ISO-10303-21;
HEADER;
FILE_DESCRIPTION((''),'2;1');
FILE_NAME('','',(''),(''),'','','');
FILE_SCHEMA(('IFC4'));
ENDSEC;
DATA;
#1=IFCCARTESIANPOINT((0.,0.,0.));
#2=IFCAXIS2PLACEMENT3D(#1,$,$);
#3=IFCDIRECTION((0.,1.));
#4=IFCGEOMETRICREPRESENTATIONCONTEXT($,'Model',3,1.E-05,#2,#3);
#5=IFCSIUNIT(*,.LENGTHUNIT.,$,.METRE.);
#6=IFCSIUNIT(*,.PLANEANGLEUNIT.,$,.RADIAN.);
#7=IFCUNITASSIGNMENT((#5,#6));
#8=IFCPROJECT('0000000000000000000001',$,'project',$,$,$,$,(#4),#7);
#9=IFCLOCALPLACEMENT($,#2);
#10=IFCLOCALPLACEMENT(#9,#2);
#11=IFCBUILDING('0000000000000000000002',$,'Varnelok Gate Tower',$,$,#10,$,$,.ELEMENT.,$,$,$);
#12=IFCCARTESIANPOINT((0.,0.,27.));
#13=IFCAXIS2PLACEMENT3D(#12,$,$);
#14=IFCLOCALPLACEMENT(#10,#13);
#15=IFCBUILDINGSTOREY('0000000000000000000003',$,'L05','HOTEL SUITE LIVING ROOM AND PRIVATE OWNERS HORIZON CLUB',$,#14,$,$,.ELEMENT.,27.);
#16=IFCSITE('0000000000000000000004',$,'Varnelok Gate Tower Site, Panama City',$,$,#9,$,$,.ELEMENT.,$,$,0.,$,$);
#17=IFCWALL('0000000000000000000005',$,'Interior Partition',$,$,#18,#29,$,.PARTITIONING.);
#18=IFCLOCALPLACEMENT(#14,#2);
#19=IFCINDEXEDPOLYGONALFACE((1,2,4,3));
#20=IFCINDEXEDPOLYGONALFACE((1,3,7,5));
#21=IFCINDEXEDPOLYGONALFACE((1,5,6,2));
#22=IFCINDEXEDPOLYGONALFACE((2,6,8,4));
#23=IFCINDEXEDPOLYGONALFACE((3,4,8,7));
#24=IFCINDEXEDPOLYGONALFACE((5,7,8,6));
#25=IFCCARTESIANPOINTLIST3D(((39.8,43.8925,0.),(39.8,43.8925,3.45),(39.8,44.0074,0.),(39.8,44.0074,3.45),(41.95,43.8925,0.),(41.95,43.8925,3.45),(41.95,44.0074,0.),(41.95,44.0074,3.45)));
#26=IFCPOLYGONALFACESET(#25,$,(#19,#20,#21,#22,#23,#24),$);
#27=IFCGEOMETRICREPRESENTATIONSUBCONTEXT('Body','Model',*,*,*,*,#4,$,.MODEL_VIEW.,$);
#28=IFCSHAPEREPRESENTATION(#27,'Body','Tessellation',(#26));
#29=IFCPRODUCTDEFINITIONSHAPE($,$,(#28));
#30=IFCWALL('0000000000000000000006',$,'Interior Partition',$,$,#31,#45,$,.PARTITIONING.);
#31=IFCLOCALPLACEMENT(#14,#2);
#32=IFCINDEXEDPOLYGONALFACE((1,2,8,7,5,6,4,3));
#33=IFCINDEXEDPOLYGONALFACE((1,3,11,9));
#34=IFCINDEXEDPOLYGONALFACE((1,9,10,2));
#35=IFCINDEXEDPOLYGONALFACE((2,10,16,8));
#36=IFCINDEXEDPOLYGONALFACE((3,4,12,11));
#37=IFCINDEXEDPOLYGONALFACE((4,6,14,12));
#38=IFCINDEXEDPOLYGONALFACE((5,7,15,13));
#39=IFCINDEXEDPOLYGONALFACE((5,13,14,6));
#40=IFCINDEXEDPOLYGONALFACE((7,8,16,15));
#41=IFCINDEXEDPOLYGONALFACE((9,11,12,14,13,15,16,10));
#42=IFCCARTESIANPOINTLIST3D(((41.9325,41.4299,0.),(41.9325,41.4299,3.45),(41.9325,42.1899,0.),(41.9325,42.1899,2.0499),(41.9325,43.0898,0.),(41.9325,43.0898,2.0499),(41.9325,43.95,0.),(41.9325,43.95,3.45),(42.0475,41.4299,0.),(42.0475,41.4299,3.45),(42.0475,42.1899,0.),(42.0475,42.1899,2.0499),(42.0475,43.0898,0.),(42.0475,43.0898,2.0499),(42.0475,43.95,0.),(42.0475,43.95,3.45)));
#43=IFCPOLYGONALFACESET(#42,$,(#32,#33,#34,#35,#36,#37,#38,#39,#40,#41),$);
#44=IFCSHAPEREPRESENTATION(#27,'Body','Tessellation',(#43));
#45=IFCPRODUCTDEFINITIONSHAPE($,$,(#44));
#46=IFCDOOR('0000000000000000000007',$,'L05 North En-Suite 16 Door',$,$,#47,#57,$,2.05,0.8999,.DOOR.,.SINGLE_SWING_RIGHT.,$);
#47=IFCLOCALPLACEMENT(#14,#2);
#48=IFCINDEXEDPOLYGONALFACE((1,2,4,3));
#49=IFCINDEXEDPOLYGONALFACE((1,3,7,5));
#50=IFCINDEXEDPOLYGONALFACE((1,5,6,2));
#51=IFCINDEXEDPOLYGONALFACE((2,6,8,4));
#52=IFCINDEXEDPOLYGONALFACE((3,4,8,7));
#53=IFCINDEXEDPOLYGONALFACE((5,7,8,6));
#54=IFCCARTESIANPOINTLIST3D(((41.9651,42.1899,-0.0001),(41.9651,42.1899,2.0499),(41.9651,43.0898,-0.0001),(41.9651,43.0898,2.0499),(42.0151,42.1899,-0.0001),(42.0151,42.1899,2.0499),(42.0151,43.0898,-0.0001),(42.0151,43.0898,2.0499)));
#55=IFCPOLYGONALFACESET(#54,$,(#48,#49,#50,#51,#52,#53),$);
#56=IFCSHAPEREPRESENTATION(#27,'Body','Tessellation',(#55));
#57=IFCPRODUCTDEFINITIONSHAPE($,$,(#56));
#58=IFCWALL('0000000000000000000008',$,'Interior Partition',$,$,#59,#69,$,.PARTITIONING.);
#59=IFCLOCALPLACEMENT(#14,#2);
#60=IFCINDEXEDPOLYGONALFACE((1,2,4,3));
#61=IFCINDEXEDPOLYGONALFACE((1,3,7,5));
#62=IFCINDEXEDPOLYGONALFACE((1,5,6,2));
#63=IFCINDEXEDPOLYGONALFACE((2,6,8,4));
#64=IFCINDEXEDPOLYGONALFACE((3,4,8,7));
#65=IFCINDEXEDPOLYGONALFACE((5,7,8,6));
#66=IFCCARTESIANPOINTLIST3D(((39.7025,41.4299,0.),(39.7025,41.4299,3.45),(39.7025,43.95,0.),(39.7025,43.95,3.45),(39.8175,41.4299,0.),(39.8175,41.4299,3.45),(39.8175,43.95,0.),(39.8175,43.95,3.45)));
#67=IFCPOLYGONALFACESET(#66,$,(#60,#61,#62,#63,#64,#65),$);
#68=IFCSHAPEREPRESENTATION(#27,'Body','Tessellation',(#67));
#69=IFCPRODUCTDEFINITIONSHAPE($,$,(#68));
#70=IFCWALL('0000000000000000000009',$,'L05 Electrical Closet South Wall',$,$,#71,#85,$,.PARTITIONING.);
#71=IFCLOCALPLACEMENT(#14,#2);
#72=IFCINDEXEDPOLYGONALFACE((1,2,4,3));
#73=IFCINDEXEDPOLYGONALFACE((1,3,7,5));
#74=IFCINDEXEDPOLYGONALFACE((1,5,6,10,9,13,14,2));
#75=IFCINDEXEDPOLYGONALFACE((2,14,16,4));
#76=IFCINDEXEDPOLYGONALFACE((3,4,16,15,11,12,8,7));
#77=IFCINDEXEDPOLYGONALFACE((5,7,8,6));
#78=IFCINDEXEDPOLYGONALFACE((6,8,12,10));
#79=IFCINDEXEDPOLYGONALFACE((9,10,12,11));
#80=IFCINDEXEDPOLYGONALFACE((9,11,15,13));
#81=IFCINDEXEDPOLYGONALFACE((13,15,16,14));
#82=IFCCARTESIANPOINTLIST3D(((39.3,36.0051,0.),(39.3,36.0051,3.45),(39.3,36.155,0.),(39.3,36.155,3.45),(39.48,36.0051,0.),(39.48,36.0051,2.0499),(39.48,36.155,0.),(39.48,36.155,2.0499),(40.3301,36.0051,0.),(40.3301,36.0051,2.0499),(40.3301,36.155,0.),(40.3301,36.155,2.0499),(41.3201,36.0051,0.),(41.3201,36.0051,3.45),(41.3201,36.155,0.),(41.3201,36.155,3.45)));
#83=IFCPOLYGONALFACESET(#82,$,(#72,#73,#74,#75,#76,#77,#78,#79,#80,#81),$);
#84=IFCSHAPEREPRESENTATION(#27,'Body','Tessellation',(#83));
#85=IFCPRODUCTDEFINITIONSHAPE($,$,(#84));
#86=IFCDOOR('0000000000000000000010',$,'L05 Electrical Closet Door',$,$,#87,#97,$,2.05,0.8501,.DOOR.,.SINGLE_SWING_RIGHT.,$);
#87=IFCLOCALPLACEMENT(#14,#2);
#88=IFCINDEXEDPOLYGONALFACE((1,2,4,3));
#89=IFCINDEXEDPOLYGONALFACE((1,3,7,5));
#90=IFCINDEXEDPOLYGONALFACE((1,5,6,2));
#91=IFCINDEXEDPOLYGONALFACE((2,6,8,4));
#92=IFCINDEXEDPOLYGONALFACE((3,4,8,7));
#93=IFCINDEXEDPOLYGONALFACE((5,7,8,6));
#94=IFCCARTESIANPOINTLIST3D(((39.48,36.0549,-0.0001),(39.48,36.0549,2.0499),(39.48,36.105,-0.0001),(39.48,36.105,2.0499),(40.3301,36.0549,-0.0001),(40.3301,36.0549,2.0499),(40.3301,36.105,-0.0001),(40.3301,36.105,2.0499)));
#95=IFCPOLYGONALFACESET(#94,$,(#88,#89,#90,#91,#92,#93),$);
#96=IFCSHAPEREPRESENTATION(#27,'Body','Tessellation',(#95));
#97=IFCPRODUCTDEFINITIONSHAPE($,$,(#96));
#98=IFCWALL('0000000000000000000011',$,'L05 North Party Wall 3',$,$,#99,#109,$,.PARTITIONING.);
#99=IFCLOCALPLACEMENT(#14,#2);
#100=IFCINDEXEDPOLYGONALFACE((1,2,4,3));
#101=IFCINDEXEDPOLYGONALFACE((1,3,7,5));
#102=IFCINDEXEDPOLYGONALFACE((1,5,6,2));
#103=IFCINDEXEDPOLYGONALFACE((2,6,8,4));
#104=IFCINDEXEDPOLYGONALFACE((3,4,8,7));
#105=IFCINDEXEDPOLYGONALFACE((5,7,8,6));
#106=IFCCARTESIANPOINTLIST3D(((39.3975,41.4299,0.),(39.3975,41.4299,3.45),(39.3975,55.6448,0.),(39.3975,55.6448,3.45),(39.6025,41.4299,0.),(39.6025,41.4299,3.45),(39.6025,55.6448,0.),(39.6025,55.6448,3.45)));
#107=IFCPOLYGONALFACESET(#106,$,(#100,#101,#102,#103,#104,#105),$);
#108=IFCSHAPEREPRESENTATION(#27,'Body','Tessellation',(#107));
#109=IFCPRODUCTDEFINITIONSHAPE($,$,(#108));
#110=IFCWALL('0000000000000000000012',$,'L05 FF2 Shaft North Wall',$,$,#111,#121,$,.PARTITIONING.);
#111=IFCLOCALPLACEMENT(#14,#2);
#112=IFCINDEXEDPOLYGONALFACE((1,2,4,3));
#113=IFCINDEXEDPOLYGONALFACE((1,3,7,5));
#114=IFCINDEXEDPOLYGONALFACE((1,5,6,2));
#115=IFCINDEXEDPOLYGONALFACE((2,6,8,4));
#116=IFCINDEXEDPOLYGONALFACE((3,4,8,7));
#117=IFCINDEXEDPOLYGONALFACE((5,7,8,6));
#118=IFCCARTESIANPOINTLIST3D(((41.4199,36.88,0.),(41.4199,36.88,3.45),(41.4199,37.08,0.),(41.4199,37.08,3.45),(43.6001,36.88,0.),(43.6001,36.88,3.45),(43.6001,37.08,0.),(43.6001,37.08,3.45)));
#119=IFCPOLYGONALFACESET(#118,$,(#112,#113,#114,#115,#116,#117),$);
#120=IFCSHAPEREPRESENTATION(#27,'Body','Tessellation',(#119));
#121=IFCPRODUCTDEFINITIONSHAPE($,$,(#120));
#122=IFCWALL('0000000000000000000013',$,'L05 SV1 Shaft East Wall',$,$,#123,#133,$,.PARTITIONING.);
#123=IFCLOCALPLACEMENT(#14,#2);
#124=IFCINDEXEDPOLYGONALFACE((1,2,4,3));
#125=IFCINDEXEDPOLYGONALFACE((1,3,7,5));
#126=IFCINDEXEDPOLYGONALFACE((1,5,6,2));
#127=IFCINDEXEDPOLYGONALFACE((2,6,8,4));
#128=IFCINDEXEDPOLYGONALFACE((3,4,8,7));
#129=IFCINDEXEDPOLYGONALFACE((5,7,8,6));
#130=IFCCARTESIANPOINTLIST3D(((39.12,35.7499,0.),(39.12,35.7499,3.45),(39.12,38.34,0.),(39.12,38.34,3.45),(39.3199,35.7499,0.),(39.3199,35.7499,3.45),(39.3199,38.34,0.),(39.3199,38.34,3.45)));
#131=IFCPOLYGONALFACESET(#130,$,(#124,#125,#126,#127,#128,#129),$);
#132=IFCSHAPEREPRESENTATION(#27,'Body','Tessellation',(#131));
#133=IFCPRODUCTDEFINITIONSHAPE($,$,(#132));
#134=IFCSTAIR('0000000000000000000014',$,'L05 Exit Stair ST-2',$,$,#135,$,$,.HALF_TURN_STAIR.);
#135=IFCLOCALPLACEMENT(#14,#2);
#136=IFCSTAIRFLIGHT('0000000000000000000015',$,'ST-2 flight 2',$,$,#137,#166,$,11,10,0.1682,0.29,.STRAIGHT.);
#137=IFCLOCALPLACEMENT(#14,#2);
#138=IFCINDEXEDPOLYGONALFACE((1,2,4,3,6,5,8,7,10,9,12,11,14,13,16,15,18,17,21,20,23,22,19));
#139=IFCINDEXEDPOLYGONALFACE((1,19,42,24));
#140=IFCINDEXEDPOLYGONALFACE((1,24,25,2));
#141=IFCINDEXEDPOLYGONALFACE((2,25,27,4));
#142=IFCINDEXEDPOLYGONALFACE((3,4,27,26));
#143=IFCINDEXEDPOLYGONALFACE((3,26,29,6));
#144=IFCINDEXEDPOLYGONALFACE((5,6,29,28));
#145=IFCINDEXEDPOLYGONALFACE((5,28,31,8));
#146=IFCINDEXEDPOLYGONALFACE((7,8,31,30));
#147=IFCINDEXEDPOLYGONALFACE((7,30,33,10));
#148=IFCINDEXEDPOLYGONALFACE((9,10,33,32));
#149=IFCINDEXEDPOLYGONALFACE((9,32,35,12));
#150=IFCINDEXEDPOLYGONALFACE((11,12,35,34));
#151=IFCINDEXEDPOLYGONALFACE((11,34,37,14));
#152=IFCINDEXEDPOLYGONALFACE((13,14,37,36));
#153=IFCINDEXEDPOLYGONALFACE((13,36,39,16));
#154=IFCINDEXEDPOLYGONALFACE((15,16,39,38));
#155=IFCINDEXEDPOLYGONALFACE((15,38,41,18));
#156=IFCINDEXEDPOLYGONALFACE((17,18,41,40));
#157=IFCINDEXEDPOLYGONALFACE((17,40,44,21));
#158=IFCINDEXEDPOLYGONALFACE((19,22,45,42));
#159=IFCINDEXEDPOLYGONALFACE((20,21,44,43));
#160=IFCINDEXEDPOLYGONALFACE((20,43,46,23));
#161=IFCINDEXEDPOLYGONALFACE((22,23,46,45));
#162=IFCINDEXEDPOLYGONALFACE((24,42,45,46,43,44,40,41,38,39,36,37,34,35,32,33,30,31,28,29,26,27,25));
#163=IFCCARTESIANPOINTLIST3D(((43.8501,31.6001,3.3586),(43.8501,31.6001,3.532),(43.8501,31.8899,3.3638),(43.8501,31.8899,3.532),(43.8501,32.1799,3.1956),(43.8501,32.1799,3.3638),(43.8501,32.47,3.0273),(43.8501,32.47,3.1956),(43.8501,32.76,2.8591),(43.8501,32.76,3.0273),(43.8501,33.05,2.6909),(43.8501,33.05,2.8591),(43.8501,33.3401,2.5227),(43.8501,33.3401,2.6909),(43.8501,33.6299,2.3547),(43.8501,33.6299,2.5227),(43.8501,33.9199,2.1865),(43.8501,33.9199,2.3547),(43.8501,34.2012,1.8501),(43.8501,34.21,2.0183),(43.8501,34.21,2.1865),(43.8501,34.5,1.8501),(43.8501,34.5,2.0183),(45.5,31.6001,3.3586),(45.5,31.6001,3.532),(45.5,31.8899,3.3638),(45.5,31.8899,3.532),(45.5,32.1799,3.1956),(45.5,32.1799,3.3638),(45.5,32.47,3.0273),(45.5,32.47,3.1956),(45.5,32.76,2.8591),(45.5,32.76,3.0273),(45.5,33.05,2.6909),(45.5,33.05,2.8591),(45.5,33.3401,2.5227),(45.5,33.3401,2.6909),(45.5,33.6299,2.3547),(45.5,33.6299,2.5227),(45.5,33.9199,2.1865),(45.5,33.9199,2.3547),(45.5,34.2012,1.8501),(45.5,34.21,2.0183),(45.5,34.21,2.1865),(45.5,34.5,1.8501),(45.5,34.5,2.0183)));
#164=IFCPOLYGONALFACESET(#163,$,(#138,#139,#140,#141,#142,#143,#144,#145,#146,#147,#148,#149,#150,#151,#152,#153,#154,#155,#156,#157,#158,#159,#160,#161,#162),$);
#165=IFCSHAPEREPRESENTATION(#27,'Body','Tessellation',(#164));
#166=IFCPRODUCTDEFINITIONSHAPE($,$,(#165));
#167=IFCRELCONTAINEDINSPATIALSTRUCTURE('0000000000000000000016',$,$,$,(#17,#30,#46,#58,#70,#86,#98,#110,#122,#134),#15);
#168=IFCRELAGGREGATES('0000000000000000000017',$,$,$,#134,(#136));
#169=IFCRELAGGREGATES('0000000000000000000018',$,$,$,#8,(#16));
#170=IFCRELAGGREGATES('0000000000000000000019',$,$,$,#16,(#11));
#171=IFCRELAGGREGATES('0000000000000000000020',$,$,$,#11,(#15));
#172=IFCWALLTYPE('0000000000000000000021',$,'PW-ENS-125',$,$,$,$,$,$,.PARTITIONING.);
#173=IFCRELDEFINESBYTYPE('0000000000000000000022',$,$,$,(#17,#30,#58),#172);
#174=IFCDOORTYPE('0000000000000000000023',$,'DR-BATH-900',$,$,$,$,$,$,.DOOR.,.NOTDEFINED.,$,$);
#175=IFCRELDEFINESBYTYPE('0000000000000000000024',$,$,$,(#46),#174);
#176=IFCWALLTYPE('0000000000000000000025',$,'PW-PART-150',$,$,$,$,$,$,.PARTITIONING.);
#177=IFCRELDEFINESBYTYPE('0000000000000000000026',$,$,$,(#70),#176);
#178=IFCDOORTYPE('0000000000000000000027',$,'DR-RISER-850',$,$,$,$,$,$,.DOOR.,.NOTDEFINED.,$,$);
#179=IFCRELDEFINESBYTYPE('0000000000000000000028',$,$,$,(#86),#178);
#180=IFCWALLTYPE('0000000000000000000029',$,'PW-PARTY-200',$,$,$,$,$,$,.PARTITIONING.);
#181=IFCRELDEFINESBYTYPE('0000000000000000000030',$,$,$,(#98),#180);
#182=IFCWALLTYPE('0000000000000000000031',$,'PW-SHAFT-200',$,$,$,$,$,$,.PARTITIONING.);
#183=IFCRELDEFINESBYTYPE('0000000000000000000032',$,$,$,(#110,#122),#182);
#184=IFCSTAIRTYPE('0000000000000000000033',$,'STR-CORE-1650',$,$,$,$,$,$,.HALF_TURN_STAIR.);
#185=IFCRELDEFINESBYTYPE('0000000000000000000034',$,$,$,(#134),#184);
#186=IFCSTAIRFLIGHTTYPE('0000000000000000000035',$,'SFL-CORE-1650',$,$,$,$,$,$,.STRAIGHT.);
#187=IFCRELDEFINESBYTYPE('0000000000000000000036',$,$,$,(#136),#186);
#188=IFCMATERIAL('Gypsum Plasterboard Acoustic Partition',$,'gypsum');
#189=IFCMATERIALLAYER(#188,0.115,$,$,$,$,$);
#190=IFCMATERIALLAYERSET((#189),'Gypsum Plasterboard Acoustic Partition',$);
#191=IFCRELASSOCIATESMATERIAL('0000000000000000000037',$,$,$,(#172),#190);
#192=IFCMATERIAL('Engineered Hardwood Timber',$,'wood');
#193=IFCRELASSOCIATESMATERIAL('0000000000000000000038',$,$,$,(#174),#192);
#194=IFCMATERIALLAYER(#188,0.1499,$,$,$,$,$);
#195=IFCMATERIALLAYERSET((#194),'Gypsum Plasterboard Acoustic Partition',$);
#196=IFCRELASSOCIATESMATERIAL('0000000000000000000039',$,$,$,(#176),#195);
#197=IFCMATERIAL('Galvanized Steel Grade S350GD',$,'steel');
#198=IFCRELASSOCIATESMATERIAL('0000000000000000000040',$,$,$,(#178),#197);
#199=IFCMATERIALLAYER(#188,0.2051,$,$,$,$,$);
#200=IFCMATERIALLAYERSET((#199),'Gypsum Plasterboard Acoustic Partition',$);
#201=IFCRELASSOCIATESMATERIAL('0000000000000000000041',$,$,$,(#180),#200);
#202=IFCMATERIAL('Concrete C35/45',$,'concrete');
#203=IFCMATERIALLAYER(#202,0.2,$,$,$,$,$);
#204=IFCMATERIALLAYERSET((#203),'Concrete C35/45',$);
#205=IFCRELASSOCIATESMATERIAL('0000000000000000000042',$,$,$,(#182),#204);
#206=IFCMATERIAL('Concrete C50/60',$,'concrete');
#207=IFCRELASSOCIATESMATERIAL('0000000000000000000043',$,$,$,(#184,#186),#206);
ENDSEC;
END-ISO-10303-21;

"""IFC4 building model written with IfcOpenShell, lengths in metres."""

from ifc_helpers import new_model, si_unit, direction, frame, frame_2d, origin, place, context, subcontext, project, spatial, polyline, rectangle, outline, extrude, material, layer, layer_set, type_object, element, fill, aggregate, save


model = new_model("IFC4")

# Units and contexts
model_context = context("Model", 3, precision=1e-05, world=origin(), true_north=direction((0.0, 1.0)))
body_context = subcontext(model_context, "Body", "Model", "MODEL_VIEW")
ifc_project = project(units=[si_unit("LENGTHUNIT", "METRE"), si_unit("PLANEANGLEUNIT", "RADIAN")], contexts=[model_context])

# Site, building, storey
site_placement = place(None, origin())
site = spatial("IfcSite", under=ifc_project, at=site_placement, Name="Varnelok Gate Tower Site, Panama City", CompositionType="ELEMENT", RefElevation=0.0)
building_placement = place(site_placement, origin())
building = spatial("IfcBuilding", under=site, at=building_placement, Name="Varnelok Gate Tower", CompositionType="ELEMENT")
storey_placement = place(building_placement, frame((0.0, 0.0, 27.0)))
storey = spatial("IfcBuildingStorey", under=building, at=storey_placement, Name="L05", Description="HOTEL SUITE LIVING ROOM AND PRIVATE OWNERS HORIZON CLUB", CompositionType="ELEMENT", Elevation=27.0)

# Shared definitions
ifc_material_1 = material(Name="Gypsum Plasterboard Acoustic Partition", Category="gypsum")
ifc_material_2 = material(Name="Engineered Hardwood Timber", Category="wood")

# Wall
ifc_layer_1 = layer(ifc_material_1, 0.115)
ifc_layer_set_1 = layer_set([ifc_layer_1], Name="Gypsum Plasterboard Acoustic Partition")
wall_type_1 = type_object("IfcWallType", Name="PW-ENS-125", PredefinedType="PARTITIONING", material=ifc_layer_set_1)
wall_1_placement = place(storey_placement, frame((39.8, 43.95, 0.0), z_axis=(0.0, 0.0, 1.0), x_axis=(1.0, 0.0, 0.0)))
element("IfcWall", 1, at=wall_1_placement, inside=storey, type_object=wall_type_1, Name="Interior Partition", PredefinedType="PARTITIONING", context=body_context, shape_type="SweptSolid", body=[
    extrude(rectangle(XDim=2.1499, YDim=0.115, at=frame_2d((1.075, 0.0))), origin(), (0.0, 0.0, 1.0), 3.45),
])

# Wall, opening, door
wall_2_placement = place(storey_placement, frame((41.99, 41.4299, 0.0), z_axis=(0.0, 0.0, 1.0), x_axis=(0.0, 1.0, 0.0)))
wall_2 = element("IfcWall", 2, at=wall_2_placement, inside=storey, type_object=wall_type_1, Name="Interior Partition", PredefinedType="PARTITIONING", context=body_context, shape_type="SweptSolid", body=[
    extrude(rectangle(XDim=2.52, YDim=0.115, at=frame_2d((1.26, 0.0))), origin(), (0.0, 0.0, 1.0), 3.45),
])
opening_1_placement = place(wall_2_placement, frame((0.76, 0.0, 0.0)))
opening_1 = element("IfcOpeningElement", 3, at=opening_1_placement, cuts=wall_2, PredefinedType="OPENING", context=body_context, shape_type="SweptSolid", body=[
    extrude(rectangle(XDim=0.8999, YDim=2.05, at=frame_2d((0.45, 1.0249))), frame((0.0, 0.0674, 0.0), z_axis=(0.0, -1.0, 0.0), x_axis=(1.0, 0.0, 0.0)), (0.0, 0.0, 1.0), 0.135),
])
door_type_1 = type_object("IfcDoorType", Name="DR-BATH-900", OperationType="NOTDEFINED", PredefinedType="DOOR", material=ifc_material_2)
door_1_placement = place(opening_1_placement, origin())
door_1 = element("IfcDoor", 4, at=door_1_placement, inside=storey, type_object=door_type_1, Name="L05 North En-Suite 16 Door", OperationType="SINGLE_SWING_RIGHT", OverallHeight=2.05, OverallWidth=0.8999, PredefinedType="DOOR", context=body_context, shape_type="SweptSolid", body=[
    extrude(rectangle(XDim=0.8999, YDim=2.05, at=frame_2d((0.45, 1.0249))), frame((0.0, 0.0249, 0.0), z_axis=(0.0, -1.0, 0.0), x_axis=(1.0, 0.0, 0.0)), (0.0, 0.0, 1.0), 0.05),
])
fill(opening_1, door_1)

# Wall
wall_3_placement = place(storey_placement, frame((39.76, 41.4299, 0.0), z_axis=(0.0, 0.0, 1.0), x_axis=(0.0, 1.0, 0.0)))
element("IfcWall", 5, at=wall_3_placement, inside=storey, type_object=wall_type_1, Name="Interior Partition", PredefinedType="PARTITIONING", context=body_context, shape_type="SweptSolid", body=[
    extrude(rectangle(XDim=2.52, YDim=0.115, at=frame_2d((1.26, 0.0))), origin(), (0.0, 0.0, 1.0), 3.45),
])

# Wall, opening, door
ifc_layer_2 = layer(ifc_material_1, 0.1499)
ifc_layer_set_2 = layer_set([ifc_layer_2], Name="Gypsum Plasterboard Acoustic Partition")
wall_type_2 = type_object("IfcWallType", Name="PW-PART-150", PredefinedType="PARTITIONING", material=ifc_layer_set_2)
wall_4_placement = place(storey_placement, frame((39.3, 36.0801, 0.0), z_axis=(0.0, 0.0, 1.0), x_axis=(1.0, 0.0, 0.0)))
wall_4 = element("IfcWall", 6, at=wall_4_placement, inside=storey, type_object=wall_type_2, Name="L05 Electrical Closet South Wall", PredefinedType="PARTITIONING", context=body_context, shape_type="SweptSolid", body=[
    extrude(rectangle(XDim=2.02, YDim=0.1499, at=frame_2d((1.01, 0.0))), origin(), (0.0, 0.0, 1.0), 3.45),
])
opening_2_placement = place(wall_4_placement, frame((0.1799, 0.0, 0.0)))
opening_2 = element("IfcOpeningElement", 7, at=opening_2_placement, cuts=wall_4, PredefinedType="OPENING", context=body_context, shape_type="SweptSolid", body=[
    extrude(rectangle(XDim=0.8501, YDim=2.05, at=frame_2d((0.425, 1.0249))), frame((0.0, 0.085, 0.0), z_axis=(0.0, -1.0, 0.0), x_axis=(1.0, 0.0, 0.0)), (0.0, 0.0, 1.0), 0.1699),
])
ifc_material_3 = material(Name="Galvanized Steel Grade S350GD", Category="steel")
door_type_2 = type_object("IfcDoorType", Name="DR-RISER-850", OperationType="NOTDEFINED", PredefinedType="DOOR", material=ifc_material_3)
door_2_placement = place(opening_2_placement, origin())
door_2 = element("IfcDoor", 8, at=door_2_placement, inside=storey, type_object=door_type_2, Name="L05 Electrical Closet Door", OperationType="SINGLE_SWING_RIGHT", OverallHeight=2.05, OverallWidth=0.8501, PredefinedType="DOOR", context=body_context, shape_type="SweptSolid", body=[
    extrude(rectangle(XDim=0.8501, YDim=2.05, at=frame_2d((0.425, 1.0249))), frame((0.0, 0.0249, 0.0), z_axis=(0.0, -1.0, 0.0), x_axis=(1.0, 0.0, 0.0)), (0.0, 0.0, 1.0), 0.05),
])
fill(opening_2, door_2)

# Walls
ifc_layer_3 = layer(ifc_material_1, 0.2051)
ifc_layer_set_3 = layer_set([ifc_layer_3], Name="Gypsum Plasterboard Acoustic Partition")
wall_type_3 = type_object("IfcWallType", Name="PW-PARTY-200", PredefinedType="PARTITIONING", material=ifc_layer_set_3)
wall_5_placement = place(storey_placement, frame((39.5, 41.4299, 0.0), z_axis=(0.0, 0.0, 1.0), x_axis=(0.0, 1.0, 0.0)))
element("IfcWall", 9, at=wall_5_placement, inside=storey, type_object=wall_type_3, Name="L05 North Party Wall 3", PredefinedType="PARTITIONING", context=body_context, shape_type="SweptSolid", body=[
    extrude(rectangle(XDim=14.2148, YDim=0.2051, at=frame_2d((7.1074, 0.0))), origin(), (0.0, 0.0, 1.0), 3.45),
])
ifc_material_4 = material(Name="Concrete C35/45", Category="concrete")
ifc_layer_4 = layer(ifc_material_4, 0.2)
ifc_layer_set_4 = layer_set([ifc_layer_4], Name="Concrete C35/45")
wall_type_4 = type_object("IfcWallType", Name="PW-SHAFT-200", PredefinedType="PARTITIONING", material=ifc_layer_set_4)
wall_6_placement = place(storey_placement, frame((41.4199, 36.98, 0.0), z_axis=(0.0, 0.0, 1.0), x_axis=(1.0, 0.0, 0.0)))
element("IfcWall", 10, at=wall_6_placement, inside=storey, type_object=wall_type_4, Name="L05 FF2 Shaft North Wall", PredefinedType="PARTITIONING", context=body_context, shape_type="SweptSolid", body=[
    extrude(rectangle(XDim=2.1802, YDim=0.2, at=frame_2d((1.0901, 0.0))), origin(), (0.0, 0.0, 1.0), 3.45),
])
wall_7_placement = place(storey_placement, frame((39.22, 35.75, 0.0), z_axis=(0.0, 0.0, 1.0), x_axis=(0.0, 1.0, 0.0)))
element("IfcWall", 11, at=wall_7_placement, inside=storey, type_object=wall_type_4, Name="L05 SV1 Shaft East Wall", PredefinedType="PARTITIONING", context=body_context, shape_type="SweptSolid", body=[
    extrude(rectangle(XDim=2.5901, YDim=0.2, at=frame_2d((1.2949, 0.0))), origin(), (0.0, 0.0, 1.0), 3.45),
])

# Stair, stair flight
ifc_material_5 = material(Name="Concrete C50/60", Category="concrete")
stair_type = type_object("IfcStairType", Name="STR-CORE-1650", PredefinedType="HALF_TURN_STAIR", material=ifc_material_5)
stair_placement = place(storey_placement, origin())
stair = element("IfcStair", 12, at=stair_placement, inside=storey, type_object=stair_type, Name="L05 Exit Stair ST-2", PredefinedType="HALF_TURN_STAIR")
stair_flight_type = type_object("IfcStairFlightType", Name="SFL-CORE-1650", PredefinedType="STRAIGHT", material=ifc_material_5)
stair_flight_placement = place(storey_placement, frame((44.675, 34.5, 1.8501), z_axis=(0.0, 0.0, 1.0), x_axis=(0.0, -1.0, 0.0)))
stair_flight = element("IfcStairFlight", 13, at=stair_flight_placement, type_object=stair_flight_type, Name="ST-2 flight 2", NumberOfRisers=11, NumberOfTreads=10, PredefinedType="STRAIGHT", RiserHeight=0.1682, TreadLength=0.29, context=body_context, shape_type="SweptSolid", body=[
    extrude(outline(polyline([(0.0, 0.0), (0.0, 0.1682), (0.29, 0.1682), (0.29, 0.3364), (0.5801, 0.3364), (0.5801, 0.5046), (0.8701, 0.5046), (0.8701, 0.6726), (1.1599, 0.6726), (1.1599, 0.8408), (1.45, 0.8408), (1.45, 1.009), (1.74, 1.009), (1.74, 1.1772), (2.03, 1.1772), (2.03, 1.3455), (2.3201, 1.3455), (2.3201, 1.5137), (2.6101, 1.5137), (2.6101, 1.6819), (2.8999, 1.6819), (2.8999, 1.8501), (2.8999, 1.5085), (0.2988, 0.0), (0.0, 0.0)])), frame((0.0, 0.825, 0.0), z_axis=(0.0, -1.0, 0.0), x_axis=(1.0, 0.0, 0.0)), (0.0, 0.0, 1.0), 1.6499),
])
aggregate(stair, [stair_flight])

save(model, "model.ifc")
